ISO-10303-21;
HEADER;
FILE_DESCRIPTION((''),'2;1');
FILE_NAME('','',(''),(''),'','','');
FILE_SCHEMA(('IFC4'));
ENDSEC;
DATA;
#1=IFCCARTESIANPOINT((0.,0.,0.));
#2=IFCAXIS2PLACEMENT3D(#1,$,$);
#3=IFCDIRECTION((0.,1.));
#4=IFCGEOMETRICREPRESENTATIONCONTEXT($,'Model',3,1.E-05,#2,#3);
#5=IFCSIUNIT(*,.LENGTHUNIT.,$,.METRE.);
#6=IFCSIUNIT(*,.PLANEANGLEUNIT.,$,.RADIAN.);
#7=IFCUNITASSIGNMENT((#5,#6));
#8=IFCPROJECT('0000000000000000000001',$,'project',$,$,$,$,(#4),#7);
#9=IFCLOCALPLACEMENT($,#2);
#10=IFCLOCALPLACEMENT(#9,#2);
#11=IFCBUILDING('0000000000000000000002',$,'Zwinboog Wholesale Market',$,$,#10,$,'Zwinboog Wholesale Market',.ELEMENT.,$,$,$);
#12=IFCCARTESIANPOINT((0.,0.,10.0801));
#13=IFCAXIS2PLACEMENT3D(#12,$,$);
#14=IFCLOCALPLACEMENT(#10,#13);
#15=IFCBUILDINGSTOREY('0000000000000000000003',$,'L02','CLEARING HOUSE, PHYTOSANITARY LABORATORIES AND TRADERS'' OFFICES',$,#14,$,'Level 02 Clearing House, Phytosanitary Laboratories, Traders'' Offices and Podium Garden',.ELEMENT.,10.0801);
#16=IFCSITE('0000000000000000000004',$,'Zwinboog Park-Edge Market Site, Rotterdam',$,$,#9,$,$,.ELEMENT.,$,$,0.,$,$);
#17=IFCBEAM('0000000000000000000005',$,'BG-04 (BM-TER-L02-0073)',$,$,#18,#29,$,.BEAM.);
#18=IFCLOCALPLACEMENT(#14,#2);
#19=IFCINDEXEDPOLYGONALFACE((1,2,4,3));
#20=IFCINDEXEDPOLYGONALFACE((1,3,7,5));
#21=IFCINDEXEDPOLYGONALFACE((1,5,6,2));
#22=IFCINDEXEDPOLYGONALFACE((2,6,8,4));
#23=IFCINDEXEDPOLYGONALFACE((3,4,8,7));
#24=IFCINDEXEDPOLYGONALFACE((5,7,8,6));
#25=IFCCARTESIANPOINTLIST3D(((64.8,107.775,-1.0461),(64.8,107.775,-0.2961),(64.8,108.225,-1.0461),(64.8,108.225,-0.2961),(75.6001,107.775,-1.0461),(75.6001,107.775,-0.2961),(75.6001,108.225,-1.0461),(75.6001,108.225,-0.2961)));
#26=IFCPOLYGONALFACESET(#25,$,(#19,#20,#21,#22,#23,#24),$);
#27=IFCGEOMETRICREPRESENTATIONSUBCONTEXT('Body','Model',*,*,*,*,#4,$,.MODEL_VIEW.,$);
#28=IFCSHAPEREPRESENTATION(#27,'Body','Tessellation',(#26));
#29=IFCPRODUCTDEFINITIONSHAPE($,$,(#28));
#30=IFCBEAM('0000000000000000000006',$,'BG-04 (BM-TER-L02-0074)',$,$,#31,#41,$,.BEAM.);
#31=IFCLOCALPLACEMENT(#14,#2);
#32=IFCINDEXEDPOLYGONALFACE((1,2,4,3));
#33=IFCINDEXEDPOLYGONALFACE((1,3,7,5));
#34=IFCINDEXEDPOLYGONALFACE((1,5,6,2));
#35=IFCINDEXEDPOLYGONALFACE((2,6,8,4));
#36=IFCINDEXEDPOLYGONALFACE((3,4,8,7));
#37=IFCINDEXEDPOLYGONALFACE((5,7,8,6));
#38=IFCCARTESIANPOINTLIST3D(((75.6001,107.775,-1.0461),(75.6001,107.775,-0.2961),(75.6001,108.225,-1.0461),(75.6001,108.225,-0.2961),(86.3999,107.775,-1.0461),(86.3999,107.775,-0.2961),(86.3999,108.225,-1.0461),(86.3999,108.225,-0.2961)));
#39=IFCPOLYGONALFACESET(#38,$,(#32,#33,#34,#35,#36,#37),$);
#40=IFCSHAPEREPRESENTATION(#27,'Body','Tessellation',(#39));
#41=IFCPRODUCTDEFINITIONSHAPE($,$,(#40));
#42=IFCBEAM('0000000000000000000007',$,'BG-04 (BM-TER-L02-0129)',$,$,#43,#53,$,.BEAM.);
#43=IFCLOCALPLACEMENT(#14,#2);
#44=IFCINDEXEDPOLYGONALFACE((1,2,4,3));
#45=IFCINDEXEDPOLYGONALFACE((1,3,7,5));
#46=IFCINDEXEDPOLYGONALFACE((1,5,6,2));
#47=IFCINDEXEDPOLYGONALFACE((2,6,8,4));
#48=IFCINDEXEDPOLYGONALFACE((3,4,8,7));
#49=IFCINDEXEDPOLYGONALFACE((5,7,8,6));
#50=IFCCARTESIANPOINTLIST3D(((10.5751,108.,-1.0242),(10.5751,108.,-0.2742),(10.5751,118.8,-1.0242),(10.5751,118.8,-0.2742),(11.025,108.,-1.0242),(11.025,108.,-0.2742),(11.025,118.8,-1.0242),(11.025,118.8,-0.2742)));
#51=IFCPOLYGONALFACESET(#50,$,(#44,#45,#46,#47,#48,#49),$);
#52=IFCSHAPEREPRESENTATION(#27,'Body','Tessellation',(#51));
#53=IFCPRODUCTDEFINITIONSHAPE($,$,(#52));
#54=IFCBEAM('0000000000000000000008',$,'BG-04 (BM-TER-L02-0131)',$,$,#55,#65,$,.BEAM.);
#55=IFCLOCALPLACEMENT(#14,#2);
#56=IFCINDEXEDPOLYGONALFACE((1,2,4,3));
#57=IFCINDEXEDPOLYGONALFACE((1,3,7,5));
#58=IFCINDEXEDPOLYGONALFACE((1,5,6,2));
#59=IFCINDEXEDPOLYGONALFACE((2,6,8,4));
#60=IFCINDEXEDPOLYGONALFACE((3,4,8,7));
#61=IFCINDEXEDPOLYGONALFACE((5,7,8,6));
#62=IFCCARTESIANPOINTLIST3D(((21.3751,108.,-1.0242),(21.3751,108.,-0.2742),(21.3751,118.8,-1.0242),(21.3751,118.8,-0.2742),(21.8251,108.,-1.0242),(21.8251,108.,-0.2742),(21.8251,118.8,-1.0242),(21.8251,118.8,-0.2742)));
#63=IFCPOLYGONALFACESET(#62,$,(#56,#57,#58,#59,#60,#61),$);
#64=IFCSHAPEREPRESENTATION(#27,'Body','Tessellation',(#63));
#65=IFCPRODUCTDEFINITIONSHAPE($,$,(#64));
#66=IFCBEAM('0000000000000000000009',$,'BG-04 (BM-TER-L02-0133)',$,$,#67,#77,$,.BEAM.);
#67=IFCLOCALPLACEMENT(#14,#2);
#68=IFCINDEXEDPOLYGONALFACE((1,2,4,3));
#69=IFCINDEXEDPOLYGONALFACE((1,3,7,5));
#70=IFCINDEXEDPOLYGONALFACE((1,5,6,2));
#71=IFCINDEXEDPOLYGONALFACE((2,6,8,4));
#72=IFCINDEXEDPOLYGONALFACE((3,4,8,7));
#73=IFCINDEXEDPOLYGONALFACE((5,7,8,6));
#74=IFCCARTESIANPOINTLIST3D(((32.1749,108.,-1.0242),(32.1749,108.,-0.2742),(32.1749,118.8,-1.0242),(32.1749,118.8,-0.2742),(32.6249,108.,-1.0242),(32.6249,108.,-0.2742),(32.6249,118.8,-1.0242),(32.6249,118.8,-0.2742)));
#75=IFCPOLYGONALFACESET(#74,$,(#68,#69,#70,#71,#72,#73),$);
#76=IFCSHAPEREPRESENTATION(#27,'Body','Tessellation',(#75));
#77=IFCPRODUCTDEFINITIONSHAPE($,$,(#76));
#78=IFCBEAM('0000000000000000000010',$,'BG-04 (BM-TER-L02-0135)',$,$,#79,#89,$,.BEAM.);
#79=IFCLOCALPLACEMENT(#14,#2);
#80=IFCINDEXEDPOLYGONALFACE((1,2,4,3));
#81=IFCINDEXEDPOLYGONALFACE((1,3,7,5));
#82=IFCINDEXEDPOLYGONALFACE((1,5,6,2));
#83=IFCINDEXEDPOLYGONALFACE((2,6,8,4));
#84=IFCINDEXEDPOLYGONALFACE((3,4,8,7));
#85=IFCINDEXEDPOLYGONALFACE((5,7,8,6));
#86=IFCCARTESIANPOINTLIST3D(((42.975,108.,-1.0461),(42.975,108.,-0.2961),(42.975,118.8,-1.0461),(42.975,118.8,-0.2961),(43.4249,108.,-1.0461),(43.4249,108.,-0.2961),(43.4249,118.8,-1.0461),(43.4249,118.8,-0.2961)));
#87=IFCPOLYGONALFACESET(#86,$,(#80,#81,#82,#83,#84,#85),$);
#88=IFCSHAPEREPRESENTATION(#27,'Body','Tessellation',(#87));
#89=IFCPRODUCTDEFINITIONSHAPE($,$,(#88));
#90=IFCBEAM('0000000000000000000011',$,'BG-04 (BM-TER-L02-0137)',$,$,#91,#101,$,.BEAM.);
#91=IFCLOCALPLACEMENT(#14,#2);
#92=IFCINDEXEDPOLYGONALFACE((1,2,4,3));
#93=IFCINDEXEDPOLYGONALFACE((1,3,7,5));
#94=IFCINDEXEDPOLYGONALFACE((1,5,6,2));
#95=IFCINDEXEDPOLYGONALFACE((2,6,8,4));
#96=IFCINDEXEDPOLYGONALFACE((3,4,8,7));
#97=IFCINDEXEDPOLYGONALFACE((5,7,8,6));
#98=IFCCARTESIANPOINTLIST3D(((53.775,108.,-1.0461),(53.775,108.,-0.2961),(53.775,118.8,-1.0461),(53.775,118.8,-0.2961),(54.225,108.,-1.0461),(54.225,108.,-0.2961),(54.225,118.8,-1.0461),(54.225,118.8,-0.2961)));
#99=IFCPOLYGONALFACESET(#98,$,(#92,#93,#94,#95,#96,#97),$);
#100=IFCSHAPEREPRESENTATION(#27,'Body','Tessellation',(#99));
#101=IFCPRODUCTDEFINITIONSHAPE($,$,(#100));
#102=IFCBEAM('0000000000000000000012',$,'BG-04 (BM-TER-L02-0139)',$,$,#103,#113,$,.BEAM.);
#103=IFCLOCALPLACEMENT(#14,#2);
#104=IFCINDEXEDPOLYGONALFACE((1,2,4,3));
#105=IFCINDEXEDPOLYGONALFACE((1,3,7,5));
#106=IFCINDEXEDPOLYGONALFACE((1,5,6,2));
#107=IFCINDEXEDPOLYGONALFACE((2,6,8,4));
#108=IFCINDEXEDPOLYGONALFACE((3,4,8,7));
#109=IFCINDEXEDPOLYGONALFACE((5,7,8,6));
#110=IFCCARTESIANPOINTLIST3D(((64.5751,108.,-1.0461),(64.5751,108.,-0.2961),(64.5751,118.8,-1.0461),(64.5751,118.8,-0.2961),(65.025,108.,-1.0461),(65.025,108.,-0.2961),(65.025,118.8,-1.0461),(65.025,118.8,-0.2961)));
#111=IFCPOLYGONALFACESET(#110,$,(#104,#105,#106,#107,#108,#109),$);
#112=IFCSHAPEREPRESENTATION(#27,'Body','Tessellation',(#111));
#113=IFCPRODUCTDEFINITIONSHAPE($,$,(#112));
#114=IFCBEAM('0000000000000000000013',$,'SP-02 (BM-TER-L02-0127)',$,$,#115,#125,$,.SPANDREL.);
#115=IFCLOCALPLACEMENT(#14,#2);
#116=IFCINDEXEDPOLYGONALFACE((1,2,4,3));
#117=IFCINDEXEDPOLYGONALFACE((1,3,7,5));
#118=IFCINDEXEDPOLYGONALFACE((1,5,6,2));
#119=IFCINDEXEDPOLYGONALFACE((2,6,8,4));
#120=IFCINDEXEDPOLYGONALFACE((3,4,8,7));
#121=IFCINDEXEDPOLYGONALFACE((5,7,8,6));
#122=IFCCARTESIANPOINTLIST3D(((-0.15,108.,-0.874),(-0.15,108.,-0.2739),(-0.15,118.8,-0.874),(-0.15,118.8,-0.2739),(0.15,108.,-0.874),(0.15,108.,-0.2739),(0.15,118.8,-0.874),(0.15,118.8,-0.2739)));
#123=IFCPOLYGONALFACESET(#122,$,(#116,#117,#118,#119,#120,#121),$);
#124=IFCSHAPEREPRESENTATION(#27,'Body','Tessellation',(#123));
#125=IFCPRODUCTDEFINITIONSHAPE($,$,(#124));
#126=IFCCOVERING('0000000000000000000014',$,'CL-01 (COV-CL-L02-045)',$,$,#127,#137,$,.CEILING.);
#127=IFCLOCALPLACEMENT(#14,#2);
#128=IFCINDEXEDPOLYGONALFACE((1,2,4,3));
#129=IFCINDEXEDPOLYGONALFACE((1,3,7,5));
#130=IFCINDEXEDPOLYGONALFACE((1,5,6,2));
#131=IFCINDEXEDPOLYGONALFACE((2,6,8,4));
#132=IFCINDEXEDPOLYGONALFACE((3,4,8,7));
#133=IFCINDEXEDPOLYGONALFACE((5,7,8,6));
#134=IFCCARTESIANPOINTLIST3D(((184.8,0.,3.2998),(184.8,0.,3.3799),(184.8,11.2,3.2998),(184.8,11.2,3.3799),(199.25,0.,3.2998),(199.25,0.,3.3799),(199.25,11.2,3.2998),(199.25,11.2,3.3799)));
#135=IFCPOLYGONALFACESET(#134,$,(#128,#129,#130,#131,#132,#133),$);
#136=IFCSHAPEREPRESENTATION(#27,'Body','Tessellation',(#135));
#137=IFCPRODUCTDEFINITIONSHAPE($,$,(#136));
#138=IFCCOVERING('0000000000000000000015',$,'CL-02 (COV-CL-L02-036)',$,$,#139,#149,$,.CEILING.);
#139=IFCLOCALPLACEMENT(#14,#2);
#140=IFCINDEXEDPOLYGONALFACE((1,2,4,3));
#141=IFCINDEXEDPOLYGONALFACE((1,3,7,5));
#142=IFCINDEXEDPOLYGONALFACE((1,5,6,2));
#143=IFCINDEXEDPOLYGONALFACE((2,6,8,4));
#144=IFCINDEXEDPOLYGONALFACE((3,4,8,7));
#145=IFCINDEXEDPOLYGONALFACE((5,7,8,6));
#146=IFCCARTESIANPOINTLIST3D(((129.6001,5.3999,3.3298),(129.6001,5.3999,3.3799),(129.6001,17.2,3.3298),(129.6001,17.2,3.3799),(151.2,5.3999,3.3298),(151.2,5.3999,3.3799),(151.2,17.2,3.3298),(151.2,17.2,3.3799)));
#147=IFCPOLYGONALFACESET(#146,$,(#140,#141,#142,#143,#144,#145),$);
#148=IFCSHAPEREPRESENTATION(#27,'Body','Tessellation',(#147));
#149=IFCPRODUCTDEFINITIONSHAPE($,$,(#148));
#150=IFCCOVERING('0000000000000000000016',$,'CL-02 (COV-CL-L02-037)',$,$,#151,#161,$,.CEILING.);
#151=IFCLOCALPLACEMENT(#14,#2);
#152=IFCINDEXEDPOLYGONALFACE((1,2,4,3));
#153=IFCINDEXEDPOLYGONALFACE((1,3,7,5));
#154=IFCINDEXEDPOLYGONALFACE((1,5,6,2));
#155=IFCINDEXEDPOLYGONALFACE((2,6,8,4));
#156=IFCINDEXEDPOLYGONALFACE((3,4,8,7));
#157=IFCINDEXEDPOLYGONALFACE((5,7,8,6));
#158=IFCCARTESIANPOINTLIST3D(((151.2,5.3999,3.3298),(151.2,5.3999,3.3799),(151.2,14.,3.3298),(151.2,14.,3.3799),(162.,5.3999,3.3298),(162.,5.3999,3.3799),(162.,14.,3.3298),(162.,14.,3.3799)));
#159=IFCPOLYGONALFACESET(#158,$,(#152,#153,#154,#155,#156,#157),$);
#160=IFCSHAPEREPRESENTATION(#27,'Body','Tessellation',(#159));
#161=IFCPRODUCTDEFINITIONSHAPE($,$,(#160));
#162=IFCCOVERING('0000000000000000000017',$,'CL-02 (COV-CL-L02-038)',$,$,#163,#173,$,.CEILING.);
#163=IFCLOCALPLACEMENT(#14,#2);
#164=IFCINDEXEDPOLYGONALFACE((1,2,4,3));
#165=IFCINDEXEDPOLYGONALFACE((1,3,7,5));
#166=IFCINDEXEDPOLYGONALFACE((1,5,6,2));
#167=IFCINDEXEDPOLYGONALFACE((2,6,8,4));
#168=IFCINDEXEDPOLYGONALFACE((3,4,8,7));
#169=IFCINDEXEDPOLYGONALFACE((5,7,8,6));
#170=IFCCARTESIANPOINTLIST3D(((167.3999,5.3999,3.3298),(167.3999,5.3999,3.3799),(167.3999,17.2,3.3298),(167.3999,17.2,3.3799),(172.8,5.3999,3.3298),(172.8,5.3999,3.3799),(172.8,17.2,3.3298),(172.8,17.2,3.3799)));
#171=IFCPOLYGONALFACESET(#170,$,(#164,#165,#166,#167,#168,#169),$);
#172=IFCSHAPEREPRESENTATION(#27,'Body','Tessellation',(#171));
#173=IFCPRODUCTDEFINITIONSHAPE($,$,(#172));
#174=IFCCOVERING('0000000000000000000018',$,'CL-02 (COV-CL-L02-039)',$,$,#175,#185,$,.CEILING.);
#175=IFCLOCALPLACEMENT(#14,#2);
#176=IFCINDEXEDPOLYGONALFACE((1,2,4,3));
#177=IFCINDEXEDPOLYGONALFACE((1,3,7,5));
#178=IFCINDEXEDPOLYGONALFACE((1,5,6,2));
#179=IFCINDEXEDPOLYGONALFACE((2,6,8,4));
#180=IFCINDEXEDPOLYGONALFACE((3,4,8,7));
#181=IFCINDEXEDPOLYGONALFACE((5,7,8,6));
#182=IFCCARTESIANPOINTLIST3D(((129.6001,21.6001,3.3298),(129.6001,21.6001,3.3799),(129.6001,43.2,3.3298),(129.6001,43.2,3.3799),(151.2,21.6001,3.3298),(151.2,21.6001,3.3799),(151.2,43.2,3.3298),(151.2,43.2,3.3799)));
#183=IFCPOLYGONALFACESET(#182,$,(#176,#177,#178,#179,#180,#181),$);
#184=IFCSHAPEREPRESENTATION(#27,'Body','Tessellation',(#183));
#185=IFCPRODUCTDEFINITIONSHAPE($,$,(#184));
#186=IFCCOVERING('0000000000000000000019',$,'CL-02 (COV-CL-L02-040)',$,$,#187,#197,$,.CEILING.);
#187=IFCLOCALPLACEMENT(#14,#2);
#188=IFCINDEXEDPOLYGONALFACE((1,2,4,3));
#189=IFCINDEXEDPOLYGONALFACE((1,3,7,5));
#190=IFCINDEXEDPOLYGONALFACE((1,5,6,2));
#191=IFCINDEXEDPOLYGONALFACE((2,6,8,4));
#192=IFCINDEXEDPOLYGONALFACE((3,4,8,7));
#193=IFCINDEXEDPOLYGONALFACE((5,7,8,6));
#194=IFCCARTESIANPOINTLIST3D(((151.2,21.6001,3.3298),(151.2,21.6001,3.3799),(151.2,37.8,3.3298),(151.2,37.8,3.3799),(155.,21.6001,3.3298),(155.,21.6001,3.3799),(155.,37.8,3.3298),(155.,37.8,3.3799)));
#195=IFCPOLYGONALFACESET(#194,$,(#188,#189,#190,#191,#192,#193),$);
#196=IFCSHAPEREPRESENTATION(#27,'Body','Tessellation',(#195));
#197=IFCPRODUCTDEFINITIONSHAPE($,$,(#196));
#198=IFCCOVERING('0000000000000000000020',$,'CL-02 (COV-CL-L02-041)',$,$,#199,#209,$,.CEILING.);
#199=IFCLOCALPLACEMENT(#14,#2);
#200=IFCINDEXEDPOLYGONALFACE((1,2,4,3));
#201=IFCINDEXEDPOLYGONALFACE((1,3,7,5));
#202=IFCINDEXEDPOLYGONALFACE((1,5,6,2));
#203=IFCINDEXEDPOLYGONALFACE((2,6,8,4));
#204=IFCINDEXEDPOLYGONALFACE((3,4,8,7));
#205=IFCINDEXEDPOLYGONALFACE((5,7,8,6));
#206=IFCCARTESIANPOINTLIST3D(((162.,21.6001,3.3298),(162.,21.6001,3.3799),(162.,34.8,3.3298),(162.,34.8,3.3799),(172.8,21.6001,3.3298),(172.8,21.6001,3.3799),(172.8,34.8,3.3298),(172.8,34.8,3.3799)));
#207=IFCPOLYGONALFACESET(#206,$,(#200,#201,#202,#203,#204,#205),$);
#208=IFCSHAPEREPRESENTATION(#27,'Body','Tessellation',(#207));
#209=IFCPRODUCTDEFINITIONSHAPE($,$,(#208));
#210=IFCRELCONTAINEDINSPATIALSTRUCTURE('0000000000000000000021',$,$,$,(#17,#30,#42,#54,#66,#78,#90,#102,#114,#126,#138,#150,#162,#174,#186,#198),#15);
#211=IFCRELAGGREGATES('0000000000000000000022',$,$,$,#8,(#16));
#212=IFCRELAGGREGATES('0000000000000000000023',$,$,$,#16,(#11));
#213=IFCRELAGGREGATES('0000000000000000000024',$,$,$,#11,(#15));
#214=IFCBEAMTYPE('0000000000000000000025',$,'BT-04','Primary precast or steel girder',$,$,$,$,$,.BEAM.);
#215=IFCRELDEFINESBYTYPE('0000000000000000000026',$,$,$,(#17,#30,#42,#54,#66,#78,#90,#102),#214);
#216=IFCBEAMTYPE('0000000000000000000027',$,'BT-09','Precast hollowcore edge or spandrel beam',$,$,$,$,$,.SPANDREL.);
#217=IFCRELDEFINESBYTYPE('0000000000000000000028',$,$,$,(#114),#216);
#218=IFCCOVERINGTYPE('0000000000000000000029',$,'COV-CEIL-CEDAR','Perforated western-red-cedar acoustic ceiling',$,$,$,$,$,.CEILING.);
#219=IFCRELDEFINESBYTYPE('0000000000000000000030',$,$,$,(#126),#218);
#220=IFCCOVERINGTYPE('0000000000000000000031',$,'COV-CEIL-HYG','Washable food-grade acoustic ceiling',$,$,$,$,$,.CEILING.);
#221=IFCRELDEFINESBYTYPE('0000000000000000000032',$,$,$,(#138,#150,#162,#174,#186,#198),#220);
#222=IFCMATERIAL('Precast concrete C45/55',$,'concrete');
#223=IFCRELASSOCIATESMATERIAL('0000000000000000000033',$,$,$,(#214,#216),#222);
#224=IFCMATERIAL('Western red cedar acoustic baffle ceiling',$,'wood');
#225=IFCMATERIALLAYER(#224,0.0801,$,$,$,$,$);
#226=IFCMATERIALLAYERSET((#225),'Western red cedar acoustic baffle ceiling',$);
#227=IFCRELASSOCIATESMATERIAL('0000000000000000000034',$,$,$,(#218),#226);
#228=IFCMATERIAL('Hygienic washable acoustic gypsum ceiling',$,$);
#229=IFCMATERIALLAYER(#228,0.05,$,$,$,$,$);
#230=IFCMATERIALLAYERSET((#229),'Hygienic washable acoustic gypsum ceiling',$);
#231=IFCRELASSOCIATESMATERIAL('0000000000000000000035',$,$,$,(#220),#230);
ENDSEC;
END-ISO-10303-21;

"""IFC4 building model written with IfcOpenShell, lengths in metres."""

from ifc_helpers import new_model, si_unit, direction, frame, origin, origin_2d, place, context, subcontext, project, spatial, polyline, rectangle, outline, extrude, material, layer, layer_set, material_profile, profile_set, type_object, element, save


model = new_model("IFC4")

# Units and contexts
model_context = context("Model", 3, precision=1e-05, world=origin(), true_north=direction((0.0, 1.0)))
body_context = subcontext(model_context, "Body", "Model", "MODEL_VIEW")
ifc_project = project(units=[si_unit("LENGTHUNIT", "METRE"), si_unit("PLANEANGLEUNIT", "RADIAN")], contexts=[model_context])

# Site, building, storey
site_placement = place(None, origin())
site = spatial("IfcSite", under=ifc_project, at=site_placement, Name="Zwinboog Park-Edge Market Site, Rotterdam", CompositionType="ELEMENT", RefElevation=0.0)
building_placement = place(site_placement, origin())
building = spatial("IfcBuilding", under=site, at=building_placement, Name="Zwinboog Wholesale Market", LongName="Zwinboog Wholesale Market", CompositionType="ELEMENT")
storey_placement = place(building_placement, frame((0.0, 0.0, 10.0801)))
storey = spatial("IfcBuildingStorey", under=building, at=storey_placement, Name="L02", Description="CLEARING HOUSE, PHYTOSANITARY LABORATORIES AND TRADERS' OFFICES", LongName="Level 02 Clearing House, Phytosanitary Laboratories, Traders' Offices and Podium Garden", CompositionType="ELEMENT", Elevation=10.0801)

# Beams
ifc_material_1 = material(Name="Precast concrete C45/55", Category="concrete")
ifc_material_profile_1 = material_profile(ifc_material_1, rectangle(XDim=0.45, YDim=0.75, at=origin_2d()), Name="PC 450x750")
ifc_profile_set_1 = profile_set([ifc_material_profile_1], Name="Precast concrete C45/55")
beam_type_1 = type_object("IfcBeamType", Name="BT-04", Description="Primary precast or steel girder", PredefinedType="BEAM", material=ifc_profile_set_1)
beam_1_placement = place(storey_placement, frame((64.8, 108.0, -0.6711), z_axis=(1.0, 0.0, 0.0), x_axis=(0.0, 1.0, 0.0)))
element("IfcBeam", 1, at=beam_1_placement, inside=storey, type_object=beam_type_1, Name="BG-04 (BM-TER-L02-0073)", PredefinedType="BEAM", context=body_context, shape_type="SweptSolid", body=[
    extrude(rectangle(XDim=0.45, YDim=0.75, at=origin_2d()), origin(), (0.0, 0.0, 1.0), 10.8),
])
beam_2_placement = place(storey_placement, frame((75.6001, 108.0, -0.6711), z_axis=(1.0, 0.0, 0.0), x_axis=(0.0, 1.0, 0.0)))
element("IfcBeam", 2, at=beam_2_placement, inside=storey, type_object=beam_type_1, Name="BG-04 (BM-TER-L02-0074)", PredefinedType="BEAM", context=body_context, shape_type="SweptSolid", body=[
    extrude(rectangle(XDim=0.45, YDim=0.75, at=origin_2d()), origin(), (0.0, 0.0, 1.0), 10.7998),
])
for number, where, z_axis, x_axis, name in (
    (3, (10.8, 108.0, -0.6492), (0.0, 1.0, 0.0), (-1.0, 0.0, 0.0), "BG-04 (BM-TER-L02-0129)"),
    (4, (21.6001, 108.0, -0.6492), (0.0, 1.0, 0.0), (-1.0, 0.0, 0.0), "BG-04 (BM-TER-L02-0131)"),
    (5, (32.3999, 108.0, -0.6492), (0.0, 1.0, 0.0), (-1.0, 0.0, 0.0), "BG-04 (BM-TER-L02-0133)"),
    (6, (43.2, 108.0, -0.6711), (0.0, 1.0, 0.0), (-1.0, 0.0, 0.0), "BG-04 (BM-TER-L02-0135)"),
    (7, (54.0, 108.0, -0.6711), (0.0, 1.0, 0.0), (-1.0, 0.0, 0.0), "BG-04 (BM-TER-L02-0137)"),
    (8, (64.8, 108.0, -0.6711), (0.0, 1.0, 0.0), (-1.0, 0.0, 0.0), "BG-04 (BM-TER-L02-0139)"),
):
    element("IfcBeam", number, at=place(storey_placement, frame(where, z_axis=z_axis, x_axis=x_axis)), inside=storey, type_object=beam_type_1, Name=name, PredefinedType="BEAM", context=body_context, shape_type="SweptSolid", body=[
        extrude(rectangle(XDim=0.45, YDim=0.75, at=origin_2d()), origin(), (0.0, 0.0, 1.0), 10.8),
    ])
ifc_material_profile_2 = material_profile(ifc_material_1, rectangle(XDim=0.3, YDim=0.6001, at=origin_2d()), Name="PC 300x600")
ifc_profile_set_2 = profile_set([ifc_material_profile_2], Name="Precast concrete C45/55")
beam_type_2 = type_object("IfcBeamType", Name="BT-09", Description="Precast hollowcore edge or spandrel beam", PredefinedType="SPANDREL", material=ifc_profile_set_2)
beam_3_placement = place(storey_placement, frame((0.0, 108.0, -0.574), z_axis=(0.0, 1.0, 0.0), x_axis=(-1.0, 0.0, 0.0)))
element("IfcBeam", 9, at=beam_3_placement, inside=storey, type_object=beam_type_2, Name="SP-02 (BM-TER-L02-0127)", PredefinedType="SPANDREL", context=body_context, shape_type="SweptSolid", body=[
    extrude(rectangle(XDim=0.3, YDim=0.6001, at=origin_2d()), origin(), (0.0, 0.0, 1.0), 10.8),
])

# Coverings
ifc_material_2 = material(Name="Western red cedar acoustic baffle ceiling", Category="wood")
ifc_layer_1 = layer(ifc_material_2, 0.0801)
ifc_layer_set_1 = layer_set([ifc_layer_1], Name="Western red cedar acoustic baffle ceiling")
covering_type_1 = type_object("IfcCoveringType", Name="COV-CEIL-CEDAR", Description="Perforated western-red-cedar acoustic ceiling", PredefinedType="CEILING", material=ifc_layer_set_1)
covering_1_placement = place(storey_placement, frame((0.0, 0.0, 3.2998)))
element("IfcCovering", 10, at=covering_1_placement, inside=storey, type_object=covering_type_1, Name="CL-01 (COV-CL-L02-045)", PredefinedType="CEILING", context=body_context, shape_type="SweptSolid", body=[
    extrude(outline(polyline([(184.8, 0.0), (199.25, 0.0), (199.25, 11.2), (184.8, 11.2), (184.8, 0.0)])), origin(), (0.0, 0.0, 1.0), 0.0801),
])
ifc_material_3 = material(Name="Hygienic washable acoustic gypsum ceiling")
ifc_layer_2 = layer(ifc_material_3, 0.05)
ifc_layer_set_2 = layer_set([ifc_layer_2], Name="Hygienic washable acoustic gypsum ceiling")
covering_type_2 = type_object("IfcCoveringType", Name="COV-CEIL-HYG", Description="Washable food-grade acoustic ceiling", PredefinedType="CEILING", material=ifc_layer_set_2)
covering_2_placement = place(storey_placement, frame((0.0, 0.0, 3.3298)))
element("IfcCovering", 11, at=covering_2_placement, inside=storey, type_object=covering_type_2, Name="CL-02 (COV-CL-L02-036)", PredefinedType="CEILING", context=body_context, shape_type="SweptSolid", body=[
    extrude(outline(polyline([(129.6001, 5.3999), (151.2, 5.3999), (151.2, 17.2), (129.6001, 17.2), (129.6001, 5.3999)])), origin(), (0.0, 0.0, 1.0), 0.05),
])
covering_3_placement = place(storey_placement, frame((0.0, 0.0, 3.3298)))
element("IfcCovering", 12, at=covering_3_placement, inside=storey, type_object=covering_type_2, Name="CL-02 (COV-CL-L02-037)", PredefinedType="CEILING", context=body_context, shape_type="SweptSolid", body=[
    extrude(outline(polyline([(151.2, 5.3999), (162.0, 5.3999), (162.0, 14.0), (151.2, 14.0), (151.2, 5.3999)])), origin(), (0.0, 0.0, 1.0), 0.05),
])
covering_4_placement = place(storey_placement, frame((0.0, 0.0, 3.3298)))
element("IfcCovering", 13, at=covering_4_placement, inside=storey, type_object=covering_type_2, Name="CL-02 (COV-CL-L02-038)", PredefinedType="CEILING", context=body_context, shape_type="SweptSolid", body=[
    extrude(outline(polyline([(167.3999, 5.3999), (172.8, 5.3999), (172.8, 17.2), (167.3999, 17.2), (167.3999, 5.3999)])), origin(), (0.0, 0.0, 1.0), 0.05),
])
covering_5_placement = place(storey_placement, frame((0.0, 0.0, 3.3298)))
element("IfcCovering", 14, at=covering_5_placement, inside=storey, type_object=covering_type_2, Name="CL-02 (COV-CL-L02-039)", PredefinedType="CEILING", context=body_context, shape_type="SweptSolid", body=[
    extrude(outline(polyline([(129.6001, 21.6001), (151.2, 21.6001), (151.2, 43.2), (129.6001, 43.2), (129.6001, 21.6001)])), origin(), (0.0, 0.0, 1.0), 0.05),
])
covering_6_placement = place(storey_placement, frame((0.0, 0.0, 3.3298)))
element("IfcCovering", 15, at=covering_6_placement, inside=storey, type_object=covering_type_2, Name="CL-02 (COV-CL-L02-040)", PredefinedType="CEILING", context=body_context, shape_type="SweptSolid", body=[
    extrude(outline(polyline([(151.2, 21.6001), (155.0, 21.6001), (155.0, 37.8), (151.2, 37.8), (151.2, 21.6001)])), origin(), (0.0, 0.0, 1.0), 0.05),
])
covering_7_placement = place(storey_placement, frame((0.0, 0.0, 3.3298)))
element("IfcCovering", 16, at=covering_7_placement, inside=storey, type_object=covering_type_2, Name="CL-02 (COV-CL-L02-041)", PredefinedType="CEILING", context=body_context, shape_type="SweptSolid", body=[
    extrude(outline(polyline([(162.0, 21.6001), (172.8, 21.6001), (172.8, 34.8), (162.0, 34.8), (162.0, 21.6001)])), origin(), (0.0, 0.0, 1.0), 0.05),
])

save(model, "model.ifc")
